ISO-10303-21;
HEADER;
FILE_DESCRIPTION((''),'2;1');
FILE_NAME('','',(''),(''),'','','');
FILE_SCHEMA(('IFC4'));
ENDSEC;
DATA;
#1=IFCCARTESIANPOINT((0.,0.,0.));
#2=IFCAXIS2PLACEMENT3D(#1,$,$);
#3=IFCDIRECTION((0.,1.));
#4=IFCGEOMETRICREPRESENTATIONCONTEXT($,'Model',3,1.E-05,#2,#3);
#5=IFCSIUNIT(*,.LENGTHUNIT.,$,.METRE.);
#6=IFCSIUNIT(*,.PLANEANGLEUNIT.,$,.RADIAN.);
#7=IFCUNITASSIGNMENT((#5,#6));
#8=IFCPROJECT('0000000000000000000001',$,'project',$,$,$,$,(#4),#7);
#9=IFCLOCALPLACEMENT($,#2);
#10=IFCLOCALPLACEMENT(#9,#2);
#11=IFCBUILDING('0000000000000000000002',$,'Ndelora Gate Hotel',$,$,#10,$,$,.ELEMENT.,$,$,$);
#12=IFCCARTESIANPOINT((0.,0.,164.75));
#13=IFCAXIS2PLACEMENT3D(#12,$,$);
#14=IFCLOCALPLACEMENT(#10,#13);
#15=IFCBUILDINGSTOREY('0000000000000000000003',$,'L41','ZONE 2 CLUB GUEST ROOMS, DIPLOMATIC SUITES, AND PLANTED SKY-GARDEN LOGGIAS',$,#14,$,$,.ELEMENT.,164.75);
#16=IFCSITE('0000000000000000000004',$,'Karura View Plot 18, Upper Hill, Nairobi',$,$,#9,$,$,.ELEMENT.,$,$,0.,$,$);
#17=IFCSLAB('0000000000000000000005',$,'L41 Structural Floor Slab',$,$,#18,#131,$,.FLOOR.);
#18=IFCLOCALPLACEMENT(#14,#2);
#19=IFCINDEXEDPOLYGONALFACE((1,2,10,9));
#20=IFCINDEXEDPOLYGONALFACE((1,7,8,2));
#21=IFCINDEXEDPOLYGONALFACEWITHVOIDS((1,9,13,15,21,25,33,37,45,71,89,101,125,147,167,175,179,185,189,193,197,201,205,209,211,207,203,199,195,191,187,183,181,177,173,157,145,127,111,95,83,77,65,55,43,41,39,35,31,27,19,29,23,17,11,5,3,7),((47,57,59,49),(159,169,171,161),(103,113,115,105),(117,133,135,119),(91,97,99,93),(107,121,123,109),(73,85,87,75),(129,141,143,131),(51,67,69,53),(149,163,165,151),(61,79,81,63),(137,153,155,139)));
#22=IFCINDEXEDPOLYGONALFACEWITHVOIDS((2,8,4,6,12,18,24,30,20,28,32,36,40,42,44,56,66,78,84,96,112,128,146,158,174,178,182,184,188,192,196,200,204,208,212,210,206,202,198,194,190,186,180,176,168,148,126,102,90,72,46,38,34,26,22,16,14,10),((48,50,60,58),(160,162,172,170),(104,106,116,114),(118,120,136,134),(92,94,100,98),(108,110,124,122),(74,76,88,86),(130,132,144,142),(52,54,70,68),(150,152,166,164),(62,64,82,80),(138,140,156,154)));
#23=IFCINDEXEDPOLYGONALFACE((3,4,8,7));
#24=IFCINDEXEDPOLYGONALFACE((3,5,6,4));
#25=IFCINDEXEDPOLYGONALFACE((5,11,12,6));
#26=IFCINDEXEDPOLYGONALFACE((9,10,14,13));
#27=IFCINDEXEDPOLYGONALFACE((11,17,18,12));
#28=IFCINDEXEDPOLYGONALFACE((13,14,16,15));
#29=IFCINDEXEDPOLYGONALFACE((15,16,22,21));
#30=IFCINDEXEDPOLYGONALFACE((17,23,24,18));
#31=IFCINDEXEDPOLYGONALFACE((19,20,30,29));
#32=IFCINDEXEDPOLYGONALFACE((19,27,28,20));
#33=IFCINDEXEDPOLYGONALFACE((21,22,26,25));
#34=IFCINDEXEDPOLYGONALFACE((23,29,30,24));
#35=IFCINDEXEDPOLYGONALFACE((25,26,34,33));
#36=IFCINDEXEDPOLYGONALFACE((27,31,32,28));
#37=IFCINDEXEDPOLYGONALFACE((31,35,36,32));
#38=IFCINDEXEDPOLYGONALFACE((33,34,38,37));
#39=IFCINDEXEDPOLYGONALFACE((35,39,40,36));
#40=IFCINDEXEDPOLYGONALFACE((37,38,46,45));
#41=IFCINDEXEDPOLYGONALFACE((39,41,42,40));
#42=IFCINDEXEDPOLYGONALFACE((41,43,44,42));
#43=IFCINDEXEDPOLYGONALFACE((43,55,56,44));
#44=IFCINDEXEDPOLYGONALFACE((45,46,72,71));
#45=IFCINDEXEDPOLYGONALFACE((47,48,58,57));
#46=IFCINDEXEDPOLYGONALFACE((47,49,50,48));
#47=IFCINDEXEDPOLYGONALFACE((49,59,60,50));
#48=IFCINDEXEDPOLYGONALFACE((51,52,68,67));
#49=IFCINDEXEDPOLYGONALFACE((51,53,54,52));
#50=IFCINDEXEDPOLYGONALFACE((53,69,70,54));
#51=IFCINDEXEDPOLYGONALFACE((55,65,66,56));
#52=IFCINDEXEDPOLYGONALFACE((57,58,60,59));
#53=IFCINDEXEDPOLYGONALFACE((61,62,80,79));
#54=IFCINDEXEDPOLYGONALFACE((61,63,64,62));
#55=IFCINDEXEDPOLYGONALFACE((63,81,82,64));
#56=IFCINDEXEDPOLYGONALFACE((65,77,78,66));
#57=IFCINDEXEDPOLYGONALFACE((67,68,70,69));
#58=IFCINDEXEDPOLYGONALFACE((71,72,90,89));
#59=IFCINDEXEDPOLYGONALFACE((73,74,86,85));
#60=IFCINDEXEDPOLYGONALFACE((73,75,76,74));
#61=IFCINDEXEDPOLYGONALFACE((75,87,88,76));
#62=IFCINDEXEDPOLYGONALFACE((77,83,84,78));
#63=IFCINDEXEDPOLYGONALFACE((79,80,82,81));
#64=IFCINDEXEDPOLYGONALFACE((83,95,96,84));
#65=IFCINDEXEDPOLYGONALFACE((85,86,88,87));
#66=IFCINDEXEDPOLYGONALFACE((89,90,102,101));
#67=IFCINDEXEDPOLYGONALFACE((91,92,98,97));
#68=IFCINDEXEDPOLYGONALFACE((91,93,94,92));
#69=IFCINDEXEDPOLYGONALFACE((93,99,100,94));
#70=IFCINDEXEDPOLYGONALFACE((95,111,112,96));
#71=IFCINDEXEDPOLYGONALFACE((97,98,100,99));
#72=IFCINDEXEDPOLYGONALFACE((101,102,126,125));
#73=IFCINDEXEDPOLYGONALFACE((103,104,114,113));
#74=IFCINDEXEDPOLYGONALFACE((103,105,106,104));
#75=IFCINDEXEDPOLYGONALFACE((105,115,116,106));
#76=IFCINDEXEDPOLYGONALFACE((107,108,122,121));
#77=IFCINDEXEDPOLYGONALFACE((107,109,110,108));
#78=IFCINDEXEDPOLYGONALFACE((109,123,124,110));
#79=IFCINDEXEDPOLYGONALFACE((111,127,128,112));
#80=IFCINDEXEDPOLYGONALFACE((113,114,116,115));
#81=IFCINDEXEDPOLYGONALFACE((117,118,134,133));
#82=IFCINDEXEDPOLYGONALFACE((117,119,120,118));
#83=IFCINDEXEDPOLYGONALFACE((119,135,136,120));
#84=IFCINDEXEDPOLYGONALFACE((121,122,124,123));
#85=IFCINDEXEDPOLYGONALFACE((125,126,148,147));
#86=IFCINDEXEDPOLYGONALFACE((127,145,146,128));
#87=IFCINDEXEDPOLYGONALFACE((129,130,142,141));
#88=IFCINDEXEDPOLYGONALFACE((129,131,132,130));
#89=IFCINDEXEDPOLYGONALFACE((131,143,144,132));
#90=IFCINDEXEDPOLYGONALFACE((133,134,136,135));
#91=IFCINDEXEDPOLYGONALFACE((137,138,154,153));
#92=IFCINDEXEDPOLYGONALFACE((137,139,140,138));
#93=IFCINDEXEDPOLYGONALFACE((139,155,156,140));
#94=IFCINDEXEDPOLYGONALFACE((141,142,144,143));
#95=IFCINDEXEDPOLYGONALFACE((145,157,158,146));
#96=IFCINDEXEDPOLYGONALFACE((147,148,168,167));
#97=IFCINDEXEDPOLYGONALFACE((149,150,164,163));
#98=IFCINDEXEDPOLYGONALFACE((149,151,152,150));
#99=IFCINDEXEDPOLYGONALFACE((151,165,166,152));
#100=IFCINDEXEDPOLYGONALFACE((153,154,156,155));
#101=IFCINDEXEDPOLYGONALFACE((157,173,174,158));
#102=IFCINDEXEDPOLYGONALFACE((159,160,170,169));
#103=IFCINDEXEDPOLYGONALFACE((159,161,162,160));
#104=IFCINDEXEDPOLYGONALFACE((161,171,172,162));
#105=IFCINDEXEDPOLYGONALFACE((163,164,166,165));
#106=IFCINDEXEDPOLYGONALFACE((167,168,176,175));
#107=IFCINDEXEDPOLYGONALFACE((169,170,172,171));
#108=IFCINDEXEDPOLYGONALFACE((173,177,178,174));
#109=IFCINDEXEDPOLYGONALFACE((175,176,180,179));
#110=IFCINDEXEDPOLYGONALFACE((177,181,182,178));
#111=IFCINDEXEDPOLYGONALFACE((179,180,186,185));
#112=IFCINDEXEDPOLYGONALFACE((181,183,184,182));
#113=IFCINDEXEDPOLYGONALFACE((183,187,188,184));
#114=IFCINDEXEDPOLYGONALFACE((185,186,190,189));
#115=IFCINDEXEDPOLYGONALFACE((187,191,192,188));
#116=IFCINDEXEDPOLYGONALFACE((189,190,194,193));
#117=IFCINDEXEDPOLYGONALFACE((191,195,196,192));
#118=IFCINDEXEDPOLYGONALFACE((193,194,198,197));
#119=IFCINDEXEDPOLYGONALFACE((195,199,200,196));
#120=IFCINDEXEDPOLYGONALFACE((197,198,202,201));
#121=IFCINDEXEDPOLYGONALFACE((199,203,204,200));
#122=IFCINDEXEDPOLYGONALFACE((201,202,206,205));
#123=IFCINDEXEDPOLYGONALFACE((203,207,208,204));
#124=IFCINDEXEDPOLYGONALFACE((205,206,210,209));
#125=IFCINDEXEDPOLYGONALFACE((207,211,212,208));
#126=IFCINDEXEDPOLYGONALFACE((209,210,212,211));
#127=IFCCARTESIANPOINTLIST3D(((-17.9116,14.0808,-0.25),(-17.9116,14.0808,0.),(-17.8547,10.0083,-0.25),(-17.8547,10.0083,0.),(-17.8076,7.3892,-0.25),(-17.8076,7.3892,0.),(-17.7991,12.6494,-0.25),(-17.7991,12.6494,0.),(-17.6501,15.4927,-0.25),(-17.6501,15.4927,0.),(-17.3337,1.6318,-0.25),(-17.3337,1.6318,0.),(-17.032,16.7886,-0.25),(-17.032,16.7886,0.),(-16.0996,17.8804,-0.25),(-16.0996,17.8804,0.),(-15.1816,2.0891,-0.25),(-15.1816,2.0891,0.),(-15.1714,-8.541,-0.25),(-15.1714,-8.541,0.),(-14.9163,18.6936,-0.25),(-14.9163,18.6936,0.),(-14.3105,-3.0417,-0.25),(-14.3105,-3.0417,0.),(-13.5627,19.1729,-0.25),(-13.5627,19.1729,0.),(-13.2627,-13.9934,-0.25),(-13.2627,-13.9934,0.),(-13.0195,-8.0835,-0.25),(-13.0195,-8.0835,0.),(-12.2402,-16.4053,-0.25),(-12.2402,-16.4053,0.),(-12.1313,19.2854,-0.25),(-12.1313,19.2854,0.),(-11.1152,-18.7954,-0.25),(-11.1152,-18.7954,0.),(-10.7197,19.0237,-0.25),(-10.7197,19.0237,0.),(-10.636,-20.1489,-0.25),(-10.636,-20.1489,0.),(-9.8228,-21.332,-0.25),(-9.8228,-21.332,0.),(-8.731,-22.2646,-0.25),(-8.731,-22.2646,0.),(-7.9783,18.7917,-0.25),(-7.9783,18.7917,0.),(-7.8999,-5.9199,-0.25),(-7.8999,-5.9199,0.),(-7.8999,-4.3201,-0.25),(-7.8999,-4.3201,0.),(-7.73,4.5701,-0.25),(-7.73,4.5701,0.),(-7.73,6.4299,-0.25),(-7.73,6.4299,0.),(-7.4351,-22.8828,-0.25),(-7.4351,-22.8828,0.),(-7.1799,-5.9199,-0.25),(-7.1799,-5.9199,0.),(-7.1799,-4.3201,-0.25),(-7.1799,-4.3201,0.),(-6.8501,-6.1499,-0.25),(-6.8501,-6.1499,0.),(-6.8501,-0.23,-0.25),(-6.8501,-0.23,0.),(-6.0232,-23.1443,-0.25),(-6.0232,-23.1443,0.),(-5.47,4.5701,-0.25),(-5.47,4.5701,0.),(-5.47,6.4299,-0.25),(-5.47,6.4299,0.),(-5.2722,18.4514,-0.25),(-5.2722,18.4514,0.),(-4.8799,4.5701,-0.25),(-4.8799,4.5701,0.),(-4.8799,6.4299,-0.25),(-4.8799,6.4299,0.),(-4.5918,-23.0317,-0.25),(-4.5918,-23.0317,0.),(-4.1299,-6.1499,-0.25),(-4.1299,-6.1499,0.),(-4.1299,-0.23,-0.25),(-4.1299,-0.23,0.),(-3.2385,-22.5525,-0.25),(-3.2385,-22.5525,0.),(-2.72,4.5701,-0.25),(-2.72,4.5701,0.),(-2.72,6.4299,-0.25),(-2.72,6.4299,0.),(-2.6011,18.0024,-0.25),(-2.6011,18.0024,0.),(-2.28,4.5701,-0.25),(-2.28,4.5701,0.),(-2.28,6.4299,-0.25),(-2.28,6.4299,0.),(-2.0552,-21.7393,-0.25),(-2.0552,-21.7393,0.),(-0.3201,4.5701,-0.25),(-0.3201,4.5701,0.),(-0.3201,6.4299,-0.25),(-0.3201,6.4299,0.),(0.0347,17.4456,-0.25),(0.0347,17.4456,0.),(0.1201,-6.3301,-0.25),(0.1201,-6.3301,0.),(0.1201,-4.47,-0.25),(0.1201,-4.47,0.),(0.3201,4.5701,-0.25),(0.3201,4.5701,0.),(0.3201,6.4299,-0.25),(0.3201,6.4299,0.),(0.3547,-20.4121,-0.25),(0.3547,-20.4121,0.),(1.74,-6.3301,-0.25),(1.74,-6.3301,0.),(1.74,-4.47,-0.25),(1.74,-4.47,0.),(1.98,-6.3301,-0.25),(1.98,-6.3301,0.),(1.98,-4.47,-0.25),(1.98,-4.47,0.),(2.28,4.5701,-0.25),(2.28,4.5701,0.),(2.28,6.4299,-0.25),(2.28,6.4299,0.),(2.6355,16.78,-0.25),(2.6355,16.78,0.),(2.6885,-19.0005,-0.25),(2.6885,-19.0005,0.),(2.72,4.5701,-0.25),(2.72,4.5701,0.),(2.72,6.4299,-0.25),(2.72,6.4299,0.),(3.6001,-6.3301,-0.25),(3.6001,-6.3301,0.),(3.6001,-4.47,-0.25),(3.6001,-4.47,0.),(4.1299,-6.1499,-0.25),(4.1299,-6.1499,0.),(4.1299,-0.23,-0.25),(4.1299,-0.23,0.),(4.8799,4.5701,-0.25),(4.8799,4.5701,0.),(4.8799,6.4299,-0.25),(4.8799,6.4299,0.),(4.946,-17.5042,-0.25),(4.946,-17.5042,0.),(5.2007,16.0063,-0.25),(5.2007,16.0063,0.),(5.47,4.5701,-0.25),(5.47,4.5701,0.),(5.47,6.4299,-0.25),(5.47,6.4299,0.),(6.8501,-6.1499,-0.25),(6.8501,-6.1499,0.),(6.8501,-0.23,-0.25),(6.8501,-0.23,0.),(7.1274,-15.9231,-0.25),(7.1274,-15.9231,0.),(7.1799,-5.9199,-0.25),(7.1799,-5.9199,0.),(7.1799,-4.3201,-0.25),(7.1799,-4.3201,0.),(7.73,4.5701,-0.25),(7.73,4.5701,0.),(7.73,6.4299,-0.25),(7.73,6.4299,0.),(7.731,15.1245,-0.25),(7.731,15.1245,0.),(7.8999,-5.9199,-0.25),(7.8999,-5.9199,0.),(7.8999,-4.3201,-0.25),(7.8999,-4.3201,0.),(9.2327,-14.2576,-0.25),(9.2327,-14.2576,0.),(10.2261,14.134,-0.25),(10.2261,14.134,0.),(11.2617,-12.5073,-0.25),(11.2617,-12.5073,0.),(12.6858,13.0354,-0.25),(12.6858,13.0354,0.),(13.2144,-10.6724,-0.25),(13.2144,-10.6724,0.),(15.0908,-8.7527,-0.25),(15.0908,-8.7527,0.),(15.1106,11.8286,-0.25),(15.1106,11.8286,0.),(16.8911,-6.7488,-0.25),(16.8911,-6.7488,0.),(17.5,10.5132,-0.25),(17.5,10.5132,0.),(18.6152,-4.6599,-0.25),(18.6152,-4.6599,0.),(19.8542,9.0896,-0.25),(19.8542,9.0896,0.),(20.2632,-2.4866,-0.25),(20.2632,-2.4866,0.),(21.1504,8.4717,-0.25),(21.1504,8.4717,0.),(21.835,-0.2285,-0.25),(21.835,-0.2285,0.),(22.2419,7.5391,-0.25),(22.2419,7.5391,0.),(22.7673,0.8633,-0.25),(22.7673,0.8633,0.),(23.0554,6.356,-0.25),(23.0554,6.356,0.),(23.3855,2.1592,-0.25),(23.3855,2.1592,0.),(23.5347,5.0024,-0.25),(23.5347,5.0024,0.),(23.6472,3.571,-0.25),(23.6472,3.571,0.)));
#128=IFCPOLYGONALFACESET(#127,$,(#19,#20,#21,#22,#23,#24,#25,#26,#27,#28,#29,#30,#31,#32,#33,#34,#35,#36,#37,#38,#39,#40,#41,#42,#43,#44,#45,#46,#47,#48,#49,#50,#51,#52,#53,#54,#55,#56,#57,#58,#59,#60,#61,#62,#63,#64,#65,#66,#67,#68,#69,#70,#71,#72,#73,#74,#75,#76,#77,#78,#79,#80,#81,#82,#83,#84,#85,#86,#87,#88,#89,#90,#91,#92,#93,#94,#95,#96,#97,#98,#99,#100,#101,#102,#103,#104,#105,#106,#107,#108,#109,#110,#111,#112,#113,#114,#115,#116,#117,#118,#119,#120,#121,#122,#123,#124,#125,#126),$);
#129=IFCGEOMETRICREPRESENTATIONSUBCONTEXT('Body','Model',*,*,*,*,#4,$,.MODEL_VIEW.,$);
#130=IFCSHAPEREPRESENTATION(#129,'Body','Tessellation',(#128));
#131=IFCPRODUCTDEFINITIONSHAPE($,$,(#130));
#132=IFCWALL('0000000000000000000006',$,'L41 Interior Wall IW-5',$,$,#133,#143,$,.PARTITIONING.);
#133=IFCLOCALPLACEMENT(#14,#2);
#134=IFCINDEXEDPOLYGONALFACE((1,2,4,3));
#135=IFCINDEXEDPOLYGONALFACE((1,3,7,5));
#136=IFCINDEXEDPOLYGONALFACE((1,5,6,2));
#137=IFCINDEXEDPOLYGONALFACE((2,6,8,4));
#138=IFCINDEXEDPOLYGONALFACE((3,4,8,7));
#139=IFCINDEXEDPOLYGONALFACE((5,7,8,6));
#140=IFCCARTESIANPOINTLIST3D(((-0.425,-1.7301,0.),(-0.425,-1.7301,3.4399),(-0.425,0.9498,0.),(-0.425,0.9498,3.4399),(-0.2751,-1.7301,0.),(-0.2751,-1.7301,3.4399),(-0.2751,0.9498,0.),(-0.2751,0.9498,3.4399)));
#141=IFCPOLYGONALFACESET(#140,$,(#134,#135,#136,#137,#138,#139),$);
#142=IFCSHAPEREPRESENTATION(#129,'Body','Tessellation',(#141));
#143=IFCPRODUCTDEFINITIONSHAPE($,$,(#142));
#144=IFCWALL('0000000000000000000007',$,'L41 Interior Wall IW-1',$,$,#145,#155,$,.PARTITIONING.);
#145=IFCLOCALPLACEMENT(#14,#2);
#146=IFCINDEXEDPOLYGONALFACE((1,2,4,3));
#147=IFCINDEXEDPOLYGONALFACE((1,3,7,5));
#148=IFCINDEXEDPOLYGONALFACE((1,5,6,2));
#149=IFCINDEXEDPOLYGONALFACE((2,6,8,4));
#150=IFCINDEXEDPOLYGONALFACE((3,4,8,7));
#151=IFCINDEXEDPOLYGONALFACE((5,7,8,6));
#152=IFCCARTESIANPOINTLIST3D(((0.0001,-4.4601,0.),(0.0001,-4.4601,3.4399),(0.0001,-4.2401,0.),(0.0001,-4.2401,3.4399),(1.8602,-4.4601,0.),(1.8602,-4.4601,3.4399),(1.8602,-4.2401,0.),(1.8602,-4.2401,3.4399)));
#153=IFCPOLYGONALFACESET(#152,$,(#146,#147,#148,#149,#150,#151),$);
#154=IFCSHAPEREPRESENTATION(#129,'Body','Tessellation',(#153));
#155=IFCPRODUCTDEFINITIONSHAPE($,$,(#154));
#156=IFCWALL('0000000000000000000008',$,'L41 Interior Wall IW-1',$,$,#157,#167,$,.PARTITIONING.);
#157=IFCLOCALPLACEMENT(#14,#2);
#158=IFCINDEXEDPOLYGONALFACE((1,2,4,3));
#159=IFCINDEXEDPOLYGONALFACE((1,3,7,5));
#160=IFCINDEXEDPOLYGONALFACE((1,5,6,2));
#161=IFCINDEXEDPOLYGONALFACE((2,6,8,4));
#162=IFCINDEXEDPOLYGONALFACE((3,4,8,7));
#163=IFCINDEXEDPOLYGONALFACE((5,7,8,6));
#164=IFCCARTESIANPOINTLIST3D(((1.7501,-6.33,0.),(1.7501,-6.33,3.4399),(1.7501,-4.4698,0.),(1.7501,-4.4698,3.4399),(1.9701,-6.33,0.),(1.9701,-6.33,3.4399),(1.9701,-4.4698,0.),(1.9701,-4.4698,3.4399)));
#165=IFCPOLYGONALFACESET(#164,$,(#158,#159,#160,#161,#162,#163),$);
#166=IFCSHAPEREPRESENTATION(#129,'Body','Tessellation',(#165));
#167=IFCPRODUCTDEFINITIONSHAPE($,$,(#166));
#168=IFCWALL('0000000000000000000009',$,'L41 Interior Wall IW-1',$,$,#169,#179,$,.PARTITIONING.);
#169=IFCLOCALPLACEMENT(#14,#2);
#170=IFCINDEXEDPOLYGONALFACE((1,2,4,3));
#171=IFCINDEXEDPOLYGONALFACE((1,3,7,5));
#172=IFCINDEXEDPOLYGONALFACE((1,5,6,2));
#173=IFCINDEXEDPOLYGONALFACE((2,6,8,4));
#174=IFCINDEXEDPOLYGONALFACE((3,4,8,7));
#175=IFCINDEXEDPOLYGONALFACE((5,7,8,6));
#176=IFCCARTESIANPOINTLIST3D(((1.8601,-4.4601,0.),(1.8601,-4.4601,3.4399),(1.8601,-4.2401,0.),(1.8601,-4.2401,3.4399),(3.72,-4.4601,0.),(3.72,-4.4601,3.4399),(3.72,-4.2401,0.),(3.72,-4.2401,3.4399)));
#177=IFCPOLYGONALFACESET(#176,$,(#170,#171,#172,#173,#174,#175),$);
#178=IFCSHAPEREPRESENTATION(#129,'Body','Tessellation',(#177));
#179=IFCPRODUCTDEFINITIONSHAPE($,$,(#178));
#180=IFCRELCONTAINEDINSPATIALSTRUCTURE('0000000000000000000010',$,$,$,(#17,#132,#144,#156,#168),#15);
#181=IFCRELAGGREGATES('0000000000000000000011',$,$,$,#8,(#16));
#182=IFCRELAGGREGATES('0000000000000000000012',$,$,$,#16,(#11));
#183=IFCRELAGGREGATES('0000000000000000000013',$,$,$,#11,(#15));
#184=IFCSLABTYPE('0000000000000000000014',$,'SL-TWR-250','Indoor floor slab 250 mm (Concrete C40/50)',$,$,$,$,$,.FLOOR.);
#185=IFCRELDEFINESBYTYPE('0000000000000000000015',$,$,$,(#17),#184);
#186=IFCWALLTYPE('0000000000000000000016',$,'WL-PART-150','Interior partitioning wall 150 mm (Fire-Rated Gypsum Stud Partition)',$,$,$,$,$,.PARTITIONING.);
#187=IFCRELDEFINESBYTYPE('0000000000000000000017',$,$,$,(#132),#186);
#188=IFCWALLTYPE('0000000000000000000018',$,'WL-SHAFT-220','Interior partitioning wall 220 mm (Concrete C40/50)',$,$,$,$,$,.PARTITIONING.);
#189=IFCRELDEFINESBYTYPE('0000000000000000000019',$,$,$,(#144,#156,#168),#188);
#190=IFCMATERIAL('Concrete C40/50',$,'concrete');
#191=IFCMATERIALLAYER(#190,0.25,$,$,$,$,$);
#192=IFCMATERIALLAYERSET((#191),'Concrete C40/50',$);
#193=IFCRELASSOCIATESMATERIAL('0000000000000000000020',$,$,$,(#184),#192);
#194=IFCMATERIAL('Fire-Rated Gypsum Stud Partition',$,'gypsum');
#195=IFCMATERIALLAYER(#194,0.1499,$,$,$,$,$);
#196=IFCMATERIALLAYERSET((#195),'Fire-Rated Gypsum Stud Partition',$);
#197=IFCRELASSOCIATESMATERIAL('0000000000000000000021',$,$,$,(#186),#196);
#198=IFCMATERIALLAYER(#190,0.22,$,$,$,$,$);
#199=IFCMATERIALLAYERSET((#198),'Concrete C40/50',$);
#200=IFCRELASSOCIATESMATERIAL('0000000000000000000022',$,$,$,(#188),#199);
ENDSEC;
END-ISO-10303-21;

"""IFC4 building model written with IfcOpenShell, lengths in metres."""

from ifc_helpers import new_model, si_unit, direction, frame, frame_2d, origin, place, context, subcontext, project, spatial, polyline, rectangle, outline, extrude, material, layer, layer_set, type_object, element, save


model = new_model("IFC4")

# Units and contexts
model_context = context("Model", 3, precision=1e-05, world=origin(), true_north=direction((0.0, 1.0)))
body_context = subcontext(model_context, "Body", "Model", "MODEL_VIEW")
ifc_project = project(units=[si_unit("LENGTHUNIT", "METRE"), si_unit("PLANEANGLEUNIT", "RADIAN")], contexts=[model_context])

# Site, building, storey
site_placement = place(None, origin())
site = spatial("IfcSite", under=ifc_project, at=site_placement, Name="Karura View Plot 18, Upper Hill, Nairobi", CompositionType="ELEMENT", RefElevation=0.0)
building_placement = place(site_placement, origin())
building = spatial("IfcBuilding", under=site, at=building_placement, Name="Ndelora Gate Hotel", CompositionType="ELEMENT")
storey_placement = place(building_placement, frame((0.0, 0.0, 164.75)))
storey = spatial("IfcBuildingStorey", under=building, at=storey_placement, Name="L41", Description="ZONE 2 CLUB GUEST ROOMS, DIPLOMATIC SUITES, AND PLANTED SKY-GARDEN LOGGIAS", CompositionType="ELEMENT", Elevation=164.75)

# Slab
ifc_material_1 = material(Name="Concrete C40/50", Category="concrete")
ifc_layer_1 = layer(ifc_material_1, 0.25)
ifc_layer_set_1 = layer_set([ifc_layer_1], Name="Concrete C40/50")
slab_type = type_object("IfcSlabType", Name="SL-TWR-250", Description="Indoor floor slab 250 mm (Concrete C40/50)", PredefinedType="FLOOR", material=ifc_layer_set_1)
slab_placement = place(storey_placement, frame((0.0, 0.0, -0.25)))
element("IfcSlab", 1, at=slab_placement, inside=storey, type_object=slab_type, Name="L41 Structural Floor Slab", PredefinedType="FLOOR", context=body_context, shape_type="SweptSolid", body=[
    extrude(outline(polyline([(-10.7197, 19.0237), (-12.1313, 19.2854), (-13.5627, 19.1729), (-14.9163, 18.6936), (-16.0996, 17.8804), (-17.032, 16.7886), (-17.6501, 15.4927), (-17.9116, 14.0808), (-17.7991, 12.6494), (-17.8547, 10.0083), (-17.8076, 7.3892), (-17.3337, 1.6318), (-15.1816, 2.0891), (-14.3105, -3.0417), (-13.0195, -8.0835), (-15.1714, -8.541), (-13.2627, -13.9934), (-12.2402, -16.4053), (-11.1152, -18.7954), (-10.636, -20.1489), (-9.8228, -21.332), (-8.731, -22.2646), (-7.4351, -22.8828), (-6.0232, -23.1443), (-4.5918, -23.0317), (-3.2385, -22.5525), (-2.0552, -21.7393), (0.3547, -20.4121), (2.6885, -19.0005), (4.946, -17.5042), (7.1274, -15.9231), (9.2327, -14.2576), (11.2617, -12.5073), (13.2144, -10.6724), (15.0908, -8.7527), (16.8911, -6.7488), (18.6152, -4.6599), (20.2632, -2.4866), (21.835, -0.2285), (22.7673, 0.8633), (23.3855, 2.1592), (23.6472, 3.571), (23.5347, 5.0024), (23.0554, 6.356), (22.2419, 7.5391), (21.1504, 8.4717), (19.8542, 9.0896), (17.5, 10.5132), (15.1106, 11.8286), (12.6858, 13.0354), (10.2261, 14.134), (7.731, 15.1245), (5.2007, 16.0063), (2.6355, 16.78), (0.0347, 17.4456), (-2.6011, 18.0024), (-5.2722, 18.4514), (-7.9783, 18.7917), (-10.7197, 19.0237)]), holes=[polyline([(-6.8501, -0.23), (-6.8501, -6.1499), (-4.1299, -6.1499), (-4.1299, -0.23), (-6.8501, -0.23)]), polyline([(4.1299, -0.23), (4.1299, -6.1499), (6.8501, -6.1499), (6.8501, -0.23), (4.1299, -0.23)]), polyline([(-7.73, 4.5701), (-5.47, 4.5701), (-5.47, 6.4299), (-7.73, 6.4299), (-7.73, 4.5701)]), polyline([(5.47, 4.5701), (7.73, 4.5701), (7.73, 6.4299), (5.47, 6.4299), (5.47, 4.5701)]), polyline([(-4.8799, 4.5701), (-2.72, 4.5701), (-2.72, 6.4299), (-4.8799, 6.4299), (-4.8799, 4.5701)]), polyline([(2.72, 4.5701), (4.8799, 4.5701), (4.8799, 6.4299), (2.72, 6.4299), (2.72, 4.5701)]), polyline([(0.1201, -6.3301), (1.74, -6.3301), (1.74, -4.47), (0.1201, -4.47), (0.1201, -6.3301)]), polyline([(1.98, -6.3301), (3.6001, -6.3301), (3.6001, -4.47), (1.98, -4.47), (1.98, -6.3301)]), polyline([(-2.28, 4.5701), (-0.3201, 4.5701), (-0.3201, 6.4299), (-2.28, 6.4299), (-2.28, 4.5701)]), polyline([(0.3201, 4.5701), (2.28, 4.5701), (2.28, 6.4299), (0.3201, 6.4299), (0.3201, 4.5701)]), polyline([(-7.8999, -5.9199), (-7.1799, -5.9199), (-7.1799, -4.3201), (-7.8999, -4.3201), (-7.8999, -5.9199)]), polyline([(7.1799, -5.9199), (7.8999, -5.9199), (7.8999, -4.3201), (7.1799, -4.3201), (7.1799, -5.9199)])]), origin(), (0.0, 0.0, 1.0), 0.25),
])

# Walls
ifc_material_2 = material(Name="Fire-Rated Gypsum Stud Partition", Category="gypsum")
ifc_layer_2 = layer(ifc_material_2, 0.1499)
ifc_layer_set_2 = layer_set([ifc_layer_2], Name="Fire-Rated Gypsum Stud Partition")
wall_type_1 = type_object("IfcWallType", Name="WL-PART-150", Description="Interior partitioning wall 150 mm (Fire-Rated Gypsum Stud Partition)", PredefinedType="PARTITIONING", material=ifc_layer_set_2)
wall_1_placement = place(storey_placement, frame((-0.3501, -1.73, 0.0), z_axis=(0.0, 0.0, 1.0), x_axis=(0.0, 1.0, 0.0)))
element("IfcWall", 2, at=wall_1_placement, inside=storey, type_object=wall_type_1, Name="L41 Interior Wall IW-5", PredefinedType="PARTITIONING", context=body_context, shape_type="SweptSolid", body=[
    extrude(rectangle(XDim=2.6799, YDim=0.1499, at=frame_2d((1.3398, 0.0))), origin(), (0.0, 0.0, 1.0), 3.4399),
])
ifc_layer_3 = layer(ifc_material_1, 0.22)
ifc_layer_set_3 = layer_set([ifc_layer_3], Name="Concrete C40/50")
wall_type_2 = type_object("IfcWallType", Name="WL-SHAFT-220", Description="Interior partitioning wall 220 mm (Concrete C40/50)", PredefinedType="PARTITIONING", material=ifc_layer_set_3)
for number, where, z_axis, x_axis, name in (
    (3, (0.0, -4.3501, 0.0), (0.0, 0.0, 1.0), (1.0, 0.0, 0.0), "L41 Interior Wall IW-1"),
    (4, (1.8601, -6.3301, 0.0), (0.0, 0.0, 1.0), (0.0, 1.0, 0.0), "L41 Interior Wall IW-1"),
):
    element("IfcWall", number, at=place(storey_placement, frame(where, z_axis=z_axis, x_axis=x_axis)), inside=storey, type_object=wall_type_2, Name=name, PredefinedType="PARTITIONING", context=body_context, shape_type="SweptSolid", body=[
        extrude(rectangle(XDim=1.8601, YDim=0.22, at=frame_2d((0.9302, 0.0))), origin(), (0.0, 0.0, 1.0), 3.4399),
    ])
wall_2_placement = place(storey_placement, frame((1.8601, -4.3501, 0.0), z_axis=(0.0, 0.0, 1.0), x_axis=(1.0, 0.0, 0.0)))
element("IfcWall", 5, at=wall_2_placement, inside=storey, type_object=wall_type_2, Name="L41 Interior Wall IW-1", PredefinedType="PARTITIONING", context=body_context, shape_type="SweptSolid", body=[
    extrude(rectangle(XDim=1.8599, YDim=0.22, at=frame_2d((0.9299, 0.0))), origin(), (0.0, 0.0, 1.0), 3.4399),
])

save(model, "model.ifc")
